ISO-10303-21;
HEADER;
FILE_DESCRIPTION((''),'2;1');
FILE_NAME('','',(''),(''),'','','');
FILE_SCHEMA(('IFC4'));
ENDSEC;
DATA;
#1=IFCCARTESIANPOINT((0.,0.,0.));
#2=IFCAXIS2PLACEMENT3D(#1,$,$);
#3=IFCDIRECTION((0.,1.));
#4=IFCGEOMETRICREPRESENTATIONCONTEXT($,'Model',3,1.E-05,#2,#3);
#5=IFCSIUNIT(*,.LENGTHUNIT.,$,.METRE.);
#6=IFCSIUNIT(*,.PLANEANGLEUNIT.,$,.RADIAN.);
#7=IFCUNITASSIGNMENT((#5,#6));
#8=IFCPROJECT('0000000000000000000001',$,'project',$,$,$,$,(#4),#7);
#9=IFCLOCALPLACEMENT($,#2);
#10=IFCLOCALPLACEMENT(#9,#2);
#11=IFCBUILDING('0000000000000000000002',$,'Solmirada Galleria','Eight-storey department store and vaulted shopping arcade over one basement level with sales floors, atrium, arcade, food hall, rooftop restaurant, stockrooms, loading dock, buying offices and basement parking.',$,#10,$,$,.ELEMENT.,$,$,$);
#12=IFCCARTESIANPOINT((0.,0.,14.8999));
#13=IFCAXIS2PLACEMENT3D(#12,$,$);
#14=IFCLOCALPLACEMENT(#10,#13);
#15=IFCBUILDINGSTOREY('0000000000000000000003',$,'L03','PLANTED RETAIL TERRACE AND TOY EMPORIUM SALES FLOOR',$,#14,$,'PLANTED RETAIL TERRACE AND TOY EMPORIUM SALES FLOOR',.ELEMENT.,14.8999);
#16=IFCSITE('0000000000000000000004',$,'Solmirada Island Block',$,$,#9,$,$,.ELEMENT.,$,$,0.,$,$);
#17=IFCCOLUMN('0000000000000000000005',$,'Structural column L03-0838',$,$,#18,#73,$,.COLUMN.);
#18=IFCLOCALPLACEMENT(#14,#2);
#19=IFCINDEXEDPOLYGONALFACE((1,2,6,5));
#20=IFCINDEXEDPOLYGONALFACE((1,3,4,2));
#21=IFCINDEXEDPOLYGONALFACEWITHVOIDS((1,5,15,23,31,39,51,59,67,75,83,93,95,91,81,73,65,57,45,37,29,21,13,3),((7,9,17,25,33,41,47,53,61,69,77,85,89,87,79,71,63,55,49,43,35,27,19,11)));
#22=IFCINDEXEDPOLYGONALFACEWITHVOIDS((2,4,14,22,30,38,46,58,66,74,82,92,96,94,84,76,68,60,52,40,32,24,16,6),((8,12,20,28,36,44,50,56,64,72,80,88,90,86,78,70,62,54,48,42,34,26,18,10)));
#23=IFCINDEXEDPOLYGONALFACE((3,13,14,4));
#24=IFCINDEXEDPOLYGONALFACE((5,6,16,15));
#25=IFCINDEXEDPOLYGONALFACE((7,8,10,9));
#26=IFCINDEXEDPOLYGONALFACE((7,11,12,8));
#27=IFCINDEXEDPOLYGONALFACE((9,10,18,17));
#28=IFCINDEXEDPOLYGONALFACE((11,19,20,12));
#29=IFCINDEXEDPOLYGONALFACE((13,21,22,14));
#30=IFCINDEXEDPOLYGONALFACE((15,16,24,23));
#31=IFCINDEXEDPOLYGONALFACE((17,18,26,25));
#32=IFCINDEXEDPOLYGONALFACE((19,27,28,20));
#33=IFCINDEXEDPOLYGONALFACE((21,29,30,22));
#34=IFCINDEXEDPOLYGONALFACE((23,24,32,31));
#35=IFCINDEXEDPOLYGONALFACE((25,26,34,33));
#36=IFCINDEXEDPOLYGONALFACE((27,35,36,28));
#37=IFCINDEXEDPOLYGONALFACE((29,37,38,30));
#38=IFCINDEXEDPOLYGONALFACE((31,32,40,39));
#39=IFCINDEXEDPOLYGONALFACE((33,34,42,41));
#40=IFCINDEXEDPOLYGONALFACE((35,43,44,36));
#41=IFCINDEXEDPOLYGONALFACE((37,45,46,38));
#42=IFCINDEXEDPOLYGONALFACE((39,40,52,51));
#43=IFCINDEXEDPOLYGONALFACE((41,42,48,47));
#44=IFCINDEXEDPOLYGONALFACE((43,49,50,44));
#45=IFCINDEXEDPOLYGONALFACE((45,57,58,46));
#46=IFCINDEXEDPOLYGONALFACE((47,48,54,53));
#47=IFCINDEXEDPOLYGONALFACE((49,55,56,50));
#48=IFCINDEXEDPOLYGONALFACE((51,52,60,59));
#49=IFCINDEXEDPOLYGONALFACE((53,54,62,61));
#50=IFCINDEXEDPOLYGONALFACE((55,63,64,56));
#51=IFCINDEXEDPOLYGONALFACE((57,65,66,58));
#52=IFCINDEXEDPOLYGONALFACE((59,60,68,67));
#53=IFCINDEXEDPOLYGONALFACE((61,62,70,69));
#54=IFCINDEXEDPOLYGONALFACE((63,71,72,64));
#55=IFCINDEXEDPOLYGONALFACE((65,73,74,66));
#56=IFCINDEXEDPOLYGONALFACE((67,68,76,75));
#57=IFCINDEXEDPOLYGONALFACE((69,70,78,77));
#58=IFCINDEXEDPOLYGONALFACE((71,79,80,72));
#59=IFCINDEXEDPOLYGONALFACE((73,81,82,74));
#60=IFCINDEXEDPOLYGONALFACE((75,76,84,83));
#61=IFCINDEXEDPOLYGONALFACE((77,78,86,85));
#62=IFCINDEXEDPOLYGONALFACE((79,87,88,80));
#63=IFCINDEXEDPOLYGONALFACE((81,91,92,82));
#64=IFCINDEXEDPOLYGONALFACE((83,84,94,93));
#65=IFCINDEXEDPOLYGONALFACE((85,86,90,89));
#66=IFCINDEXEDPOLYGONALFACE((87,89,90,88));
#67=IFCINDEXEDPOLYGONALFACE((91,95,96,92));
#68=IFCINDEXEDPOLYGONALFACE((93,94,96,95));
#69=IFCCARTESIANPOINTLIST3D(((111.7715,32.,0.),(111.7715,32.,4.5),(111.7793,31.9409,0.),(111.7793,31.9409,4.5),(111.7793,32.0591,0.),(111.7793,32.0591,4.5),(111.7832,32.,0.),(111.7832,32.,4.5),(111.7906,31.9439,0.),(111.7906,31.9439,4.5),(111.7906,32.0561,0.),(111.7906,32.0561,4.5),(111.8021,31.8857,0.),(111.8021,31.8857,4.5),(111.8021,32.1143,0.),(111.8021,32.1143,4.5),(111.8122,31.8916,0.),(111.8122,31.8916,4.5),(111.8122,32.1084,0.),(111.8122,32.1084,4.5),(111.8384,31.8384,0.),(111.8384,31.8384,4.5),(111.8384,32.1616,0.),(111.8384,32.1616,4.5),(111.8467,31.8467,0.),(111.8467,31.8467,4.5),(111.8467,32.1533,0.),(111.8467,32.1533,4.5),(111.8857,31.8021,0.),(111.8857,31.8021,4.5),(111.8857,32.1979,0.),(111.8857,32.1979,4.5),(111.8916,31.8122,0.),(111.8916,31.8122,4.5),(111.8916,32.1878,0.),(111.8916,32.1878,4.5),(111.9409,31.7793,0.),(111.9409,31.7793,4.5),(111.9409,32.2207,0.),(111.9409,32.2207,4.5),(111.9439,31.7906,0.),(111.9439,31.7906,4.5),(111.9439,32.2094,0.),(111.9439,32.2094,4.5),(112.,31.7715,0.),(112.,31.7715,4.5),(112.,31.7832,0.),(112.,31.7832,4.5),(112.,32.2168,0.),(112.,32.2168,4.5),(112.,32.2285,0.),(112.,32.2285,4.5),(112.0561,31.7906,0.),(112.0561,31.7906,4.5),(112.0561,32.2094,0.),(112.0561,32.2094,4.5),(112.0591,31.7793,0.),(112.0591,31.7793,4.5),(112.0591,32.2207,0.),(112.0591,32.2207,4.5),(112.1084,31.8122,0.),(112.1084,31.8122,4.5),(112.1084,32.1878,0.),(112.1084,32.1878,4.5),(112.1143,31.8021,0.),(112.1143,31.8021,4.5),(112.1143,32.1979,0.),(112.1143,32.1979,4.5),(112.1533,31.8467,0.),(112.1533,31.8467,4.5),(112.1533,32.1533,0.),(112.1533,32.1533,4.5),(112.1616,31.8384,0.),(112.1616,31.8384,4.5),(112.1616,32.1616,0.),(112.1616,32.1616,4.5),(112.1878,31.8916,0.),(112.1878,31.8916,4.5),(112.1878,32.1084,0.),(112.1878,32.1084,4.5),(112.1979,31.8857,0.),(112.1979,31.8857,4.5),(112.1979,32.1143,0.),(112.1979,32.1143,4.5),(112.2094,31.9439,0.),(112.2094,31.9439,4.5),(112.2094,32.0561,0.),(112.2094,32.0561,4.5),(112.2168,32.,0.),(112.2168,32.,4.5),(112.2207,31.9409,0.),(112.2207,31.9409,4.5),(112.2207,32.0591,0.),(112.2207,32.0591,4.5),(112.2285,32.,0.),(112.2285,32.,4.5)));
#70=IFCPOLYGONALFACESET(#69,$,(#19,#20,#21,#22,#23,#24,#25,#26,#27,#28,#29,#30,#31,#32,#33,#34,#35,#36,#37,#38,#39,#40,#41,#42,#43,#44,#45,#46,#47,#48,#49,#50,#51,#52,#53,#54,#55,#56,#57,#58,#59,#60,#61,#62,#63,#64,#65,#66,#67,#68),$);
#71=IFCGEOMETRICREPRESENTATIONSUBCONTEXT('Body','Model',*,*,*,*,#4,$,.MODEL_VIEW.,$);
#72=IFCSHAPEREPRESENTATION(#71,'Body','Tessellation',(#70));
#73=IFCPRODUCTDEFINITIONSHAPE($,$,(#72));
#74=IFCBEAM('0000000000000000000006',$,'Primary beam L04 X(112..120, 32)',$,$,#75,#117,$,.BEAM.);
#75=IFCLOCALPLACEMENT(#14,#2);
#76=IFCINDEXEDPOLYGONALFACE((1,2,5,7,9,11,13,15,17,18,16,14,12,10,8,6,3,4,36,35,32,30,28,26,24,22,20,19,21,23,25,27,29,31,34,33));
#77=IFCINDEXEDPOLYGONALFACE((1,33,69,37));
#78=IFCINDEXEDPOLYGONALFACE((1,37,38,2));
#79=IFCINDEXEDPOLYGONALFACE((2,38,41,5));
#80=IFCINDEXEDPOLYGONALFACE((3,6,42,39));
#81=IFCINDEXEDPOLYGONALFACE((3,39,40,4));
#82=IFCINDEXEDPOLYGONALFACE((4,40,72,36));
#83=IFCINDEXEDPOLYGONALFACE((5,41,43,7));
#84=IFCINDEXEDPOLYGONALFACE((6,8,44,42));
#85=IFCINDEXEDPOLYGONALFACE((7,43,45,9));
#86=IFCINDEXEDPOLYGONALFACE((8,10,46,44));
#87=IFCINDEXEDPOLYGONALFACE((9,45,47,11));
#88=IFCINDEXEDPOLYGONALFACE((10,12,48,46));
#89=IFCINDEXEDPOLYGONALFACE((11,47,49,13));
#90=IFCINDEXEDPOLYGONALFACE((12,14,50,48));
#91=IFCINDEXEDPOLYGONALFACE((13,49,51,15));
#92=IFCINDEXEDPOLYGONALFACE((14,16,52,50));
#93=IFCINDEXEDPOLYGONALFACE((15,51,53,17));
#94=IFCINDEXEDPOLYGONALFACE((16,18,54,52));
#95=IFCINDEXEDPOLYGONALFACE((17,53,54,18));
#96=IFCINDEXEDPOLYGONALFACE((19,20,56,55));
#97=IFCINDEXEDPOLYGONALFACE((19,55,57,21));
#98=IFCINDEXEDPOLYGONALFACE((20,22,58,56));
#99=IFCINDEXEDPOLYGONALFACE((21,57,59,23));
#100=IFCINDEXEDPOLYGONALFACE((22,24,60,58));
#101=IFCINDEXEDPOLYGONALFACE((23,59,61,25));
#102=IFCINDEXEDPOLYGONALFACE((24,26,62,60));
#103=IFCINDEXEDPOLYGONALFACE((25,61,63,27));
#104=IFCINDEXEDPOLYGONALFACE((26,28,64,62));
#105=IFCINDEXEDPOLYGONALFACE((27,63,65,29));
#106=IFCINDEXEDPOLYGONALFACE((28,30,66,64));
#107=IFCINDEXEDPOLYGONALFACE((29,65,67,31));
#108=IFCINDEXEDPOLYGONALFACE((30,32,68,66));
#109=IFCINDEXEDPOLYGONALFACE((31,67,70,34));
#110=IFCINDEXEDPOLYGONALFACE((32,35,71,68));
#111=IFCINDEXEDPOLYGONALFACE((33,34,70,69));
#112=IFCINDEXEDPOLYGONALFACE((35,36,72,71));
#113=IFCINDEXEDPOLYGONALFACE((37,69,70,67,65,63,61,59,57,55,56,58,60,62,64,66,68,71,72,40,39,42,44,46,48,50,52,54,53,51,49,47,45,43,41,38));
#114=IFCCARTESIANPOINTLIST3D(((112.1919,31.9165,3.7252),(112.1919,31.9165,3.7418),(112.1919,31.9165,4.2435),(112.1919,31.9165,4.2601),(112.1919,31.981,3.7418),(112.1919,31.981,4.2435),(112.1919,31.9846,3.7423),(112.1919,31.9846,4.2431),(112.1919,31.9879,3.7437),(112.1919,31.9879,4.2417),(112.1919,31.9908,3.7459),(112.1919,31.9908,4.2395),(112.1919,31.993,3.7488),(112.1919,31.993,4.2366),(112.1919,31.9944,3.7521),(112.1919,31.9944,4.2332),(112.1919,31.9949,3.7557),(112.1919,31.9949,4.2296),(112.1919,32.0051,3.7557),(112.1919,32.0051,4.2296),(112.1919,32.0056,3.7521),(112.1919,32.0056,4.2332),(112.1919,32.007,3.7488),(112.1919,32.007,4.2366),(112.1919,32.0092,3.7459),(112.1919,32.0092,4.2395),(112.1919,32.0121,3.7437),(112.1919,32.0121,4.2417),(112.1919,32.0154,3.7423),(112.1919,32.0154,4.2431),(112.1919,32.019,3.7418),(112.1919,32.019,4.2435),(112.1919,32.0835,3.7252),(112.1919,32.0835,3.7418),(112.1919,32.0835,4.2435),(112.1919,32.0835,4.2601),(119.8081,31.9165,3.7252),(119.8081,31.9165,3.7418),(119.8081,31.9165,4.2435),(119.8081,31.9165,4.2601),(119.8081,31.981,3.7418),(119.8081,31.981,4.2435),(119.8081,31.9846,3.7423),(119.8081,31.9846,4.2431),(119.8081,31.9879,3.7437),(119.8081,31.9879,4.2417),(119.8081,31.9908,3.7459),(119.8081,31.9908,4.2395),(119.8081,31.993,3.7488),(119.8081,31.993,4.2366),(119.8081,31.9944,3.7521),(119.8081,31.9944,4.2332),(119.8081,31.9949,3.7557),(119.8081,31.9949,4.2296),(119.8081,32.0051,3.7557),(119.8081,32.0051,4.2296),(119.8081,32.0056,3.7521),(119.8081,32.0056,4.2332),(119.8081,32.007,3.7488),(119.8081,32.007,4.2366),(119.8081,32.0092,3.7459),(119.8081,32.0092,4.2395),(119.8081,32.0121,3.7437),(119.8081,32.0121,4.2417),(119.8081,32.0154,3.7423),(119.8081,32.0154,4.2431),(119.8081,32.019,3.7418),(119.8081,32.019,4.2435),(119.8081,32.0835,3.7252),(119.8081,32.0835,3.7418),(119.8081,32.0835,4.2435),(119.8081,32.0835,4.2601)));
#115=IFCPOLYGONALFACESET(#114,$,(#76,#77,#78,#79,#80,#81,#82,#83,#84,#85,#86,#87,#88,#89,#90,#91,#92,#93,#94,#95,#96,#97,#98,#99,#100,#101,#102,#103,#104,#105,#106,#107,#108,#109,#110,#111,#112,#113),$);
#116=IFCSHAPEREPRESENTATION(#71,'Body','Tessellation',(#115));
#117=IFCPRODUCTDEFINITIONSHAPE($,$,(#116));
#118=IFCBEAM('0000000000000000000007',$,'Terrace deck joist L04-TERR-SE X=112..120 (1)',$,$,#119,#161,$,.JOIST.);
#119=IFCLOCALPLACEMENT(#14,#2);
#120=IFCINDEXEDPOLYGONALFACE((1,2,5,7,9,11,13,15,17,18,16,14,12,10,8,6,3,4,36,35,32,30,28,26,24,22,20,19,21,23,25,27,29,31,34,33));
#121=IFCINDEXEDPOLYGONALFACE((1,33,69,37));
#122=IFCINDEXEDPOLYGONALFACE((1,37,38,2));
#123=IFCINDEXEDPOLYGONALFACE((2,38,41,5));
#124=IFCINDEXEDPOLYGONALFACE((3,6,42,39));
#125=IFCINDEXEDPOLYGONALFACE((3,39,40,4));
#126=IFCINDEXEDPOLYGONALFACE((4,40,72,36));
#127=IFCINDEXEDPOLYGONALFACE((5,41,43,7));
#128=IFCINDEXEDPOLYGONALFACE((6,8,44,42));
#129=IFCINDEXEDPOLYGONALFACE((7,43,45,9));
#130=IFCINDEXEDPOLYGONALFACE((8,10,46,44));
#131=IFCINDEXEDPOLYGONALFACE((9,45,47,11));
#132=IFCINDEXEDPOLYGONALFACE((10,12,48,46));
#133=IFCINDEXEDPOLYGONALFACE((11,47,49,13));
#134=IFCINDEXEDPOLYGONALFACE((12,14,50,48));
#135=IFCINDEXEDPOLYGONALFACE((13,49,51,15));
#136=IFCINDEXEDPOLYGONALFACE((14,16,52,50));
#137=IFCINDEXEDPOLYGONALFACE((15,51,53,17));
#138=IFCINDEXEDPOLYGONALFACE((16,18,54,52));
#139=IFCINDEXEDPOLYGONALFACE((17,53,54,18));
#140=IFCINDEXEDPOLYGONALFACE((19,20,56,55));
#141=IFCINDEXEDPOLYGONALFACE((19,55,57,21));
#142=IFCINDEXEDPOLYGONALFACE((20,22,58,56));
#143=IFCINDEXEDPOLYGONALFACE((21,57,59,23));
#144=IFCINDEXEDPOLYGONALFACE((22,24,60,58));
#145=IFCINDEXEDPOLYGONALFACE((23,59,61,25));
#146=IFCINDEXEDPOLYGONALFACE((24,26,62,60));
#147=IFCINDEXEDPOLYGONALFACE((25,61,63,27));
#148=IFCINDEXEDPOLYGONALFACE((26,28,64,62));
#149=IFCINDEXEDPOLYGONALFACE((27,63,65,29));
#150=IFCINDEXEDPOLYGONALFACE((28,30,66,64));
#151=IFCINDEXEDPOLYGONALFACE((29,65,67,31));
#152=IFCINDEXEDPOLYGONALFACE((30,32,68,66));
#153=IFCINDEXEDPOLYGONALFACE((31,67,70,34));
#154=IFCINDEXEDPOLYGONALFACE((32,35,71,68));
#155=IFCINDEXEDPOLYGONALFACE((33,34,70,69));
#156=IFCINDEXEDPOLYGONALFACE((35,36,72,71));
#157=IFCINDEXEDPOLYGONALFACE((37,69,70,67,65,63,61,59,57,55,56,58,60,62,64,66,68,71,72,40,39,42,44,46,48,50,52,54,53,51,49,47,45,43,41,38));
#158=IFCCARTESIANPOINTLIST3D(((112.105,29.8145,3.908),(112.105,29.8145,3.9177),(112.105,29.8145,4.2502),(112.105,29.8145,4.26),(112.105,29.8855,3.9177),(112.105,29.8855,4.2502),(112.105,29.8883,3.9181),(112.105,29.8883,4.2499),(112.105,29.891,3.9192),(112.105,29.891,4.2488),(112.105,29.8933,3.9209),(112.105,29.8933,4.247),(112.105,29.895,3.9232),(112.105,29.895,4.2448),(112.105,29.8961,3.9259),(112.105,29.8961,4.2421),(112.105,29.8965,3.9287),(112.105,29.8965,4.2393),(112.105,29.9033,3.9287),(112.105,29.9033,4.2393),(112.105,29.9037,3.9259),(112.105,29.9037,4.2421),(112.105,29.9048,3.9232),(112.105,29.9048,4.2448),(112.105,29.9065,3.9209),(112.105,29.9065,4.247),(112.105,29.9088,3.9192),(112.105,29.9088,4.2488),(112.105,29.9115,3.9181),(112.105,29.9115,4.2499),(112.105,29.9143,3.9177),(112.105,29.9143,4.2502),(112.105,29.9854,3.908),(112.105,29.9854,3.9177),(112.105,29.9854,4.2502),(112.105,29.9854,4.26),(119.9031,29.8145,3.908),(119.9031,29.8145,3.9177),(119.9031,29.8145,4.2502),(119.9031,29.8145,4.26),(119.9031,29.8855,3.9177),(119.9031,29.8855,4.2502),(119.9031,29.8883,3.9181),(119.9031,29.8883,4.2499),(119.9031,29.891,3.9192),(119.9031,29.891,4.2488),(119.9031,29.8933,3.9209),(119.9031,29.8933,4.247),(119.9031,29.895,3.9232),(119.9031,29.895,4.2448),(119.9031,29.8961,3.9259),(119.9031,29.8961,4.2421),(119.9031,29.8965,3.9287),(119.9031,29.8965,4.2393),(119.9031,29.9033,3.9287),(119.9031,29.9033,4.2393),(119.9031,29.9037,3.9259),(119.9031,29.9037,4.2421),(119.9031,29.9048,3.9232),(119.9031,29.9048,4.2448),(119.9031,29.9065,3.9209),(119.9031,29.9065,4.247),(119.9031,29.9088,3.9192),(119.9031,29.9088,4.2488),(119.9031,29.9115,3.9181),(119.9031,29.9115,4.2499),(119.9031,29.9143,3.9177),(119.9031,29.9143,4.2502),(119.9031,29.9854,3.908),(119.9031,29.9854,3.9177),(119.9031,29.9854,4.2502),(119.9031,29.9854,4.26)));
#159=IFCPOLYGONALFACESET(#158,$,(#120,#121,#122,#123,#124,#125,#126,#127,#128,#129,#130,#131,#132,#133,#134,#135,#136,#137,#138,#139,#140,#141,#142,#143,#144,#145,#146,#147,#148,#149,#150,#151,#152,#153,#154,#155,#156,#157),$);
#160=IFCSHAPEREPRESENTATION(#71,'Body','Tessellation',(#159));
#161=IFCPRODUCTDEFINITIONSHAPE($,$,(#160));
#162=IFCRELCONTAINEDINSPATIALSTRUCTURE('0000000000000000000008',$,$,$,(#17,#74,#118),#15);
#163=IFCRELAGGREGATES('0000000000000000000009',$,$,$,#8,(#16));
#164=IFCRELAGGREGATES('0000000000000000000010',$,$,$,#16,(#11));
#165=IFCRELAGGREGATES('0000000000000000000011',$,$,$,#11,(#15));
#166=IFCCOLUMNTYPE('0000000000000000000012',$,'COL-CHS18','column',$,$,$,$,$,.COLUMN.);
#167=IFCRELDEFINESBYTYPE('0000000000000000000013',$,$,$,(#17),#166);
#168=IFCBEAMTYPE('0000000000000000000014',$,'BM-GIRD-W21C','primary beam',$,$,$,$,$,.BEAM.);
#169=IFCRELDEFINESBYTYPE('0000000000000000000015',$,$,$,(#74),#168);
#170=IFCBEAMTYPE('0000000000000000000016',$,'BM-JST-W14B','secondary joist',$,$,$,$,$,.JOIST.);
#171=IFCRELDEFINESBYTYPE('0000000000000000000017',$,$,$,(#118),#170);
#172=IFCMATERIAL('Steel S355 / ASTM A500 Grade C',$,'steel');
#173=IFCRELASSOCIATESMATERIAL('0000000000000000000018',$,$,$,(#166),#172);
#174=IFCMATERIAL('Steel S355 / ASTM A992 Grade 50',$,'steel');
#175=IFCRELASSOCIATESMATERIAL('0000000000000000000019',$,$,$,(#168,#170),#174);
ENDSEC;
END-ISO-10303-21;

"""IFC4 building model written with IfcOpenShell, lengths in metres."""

from ifc_helpers import new_model, si_unit, direction, frame, origin, origin_2d, place, context, subcontext, project, spatial, hollow_circle, i_section, extrude, material, material_profile, profile_set, type_object, element, save


model = new_model("IFC4")

# Units and contexts
model_context = context("Model", 3, precision=1e-05, world=origin(), true_north=direction((0.0, 1.0)))
body_context = subcontext(model_context, "Body", "Model", "MODEL_VIEW")
ifc_project = project(units=[si_unit("LENGTHUNIT", "METRE"), si_unit("PLANEANGLEUNIT", "RADIAN")], contexts=[model_context])

# Site, building, storey
site_placement = place(None, origin())
site = spatial("IfcSite", under=ifc_project, at=site_placement, Name="Solmirada Island Block", CompositionType="ELEMENT", RefElevation=0.0)
building_placement = place(site_placement, origin())
building = spatial("IfcBuilding", under=site, at=building_placement, Name="Solmirada Galleria", Description="Eight-storey department store and vaulted shopping arcade over one basement level with sales floors, atrium, arcade, food hall, rooftop restaurant, stockrooms, loading dock, buying offices and basement parking.", CompositionType="ELEMENT")
storey_placement = place(building_placement, frame((0.0, 0.0, 14.8999)))
storey = spatial("IfcBuildingStorey", under=building, at=storey_placement, Name="L03", Description="PLANTED RETAIL TERRACE AND TOY EMPORIUM SALES FLOOR", LongName="PLANTED RETAIL TERRACE AND TOY EMPORIUM SALES FLOOR", CompositionType="ELEMENT", Elevation=14.8999)

# Column
ifc_material_1 = material(Name="Steel S355 / ASTM A500 Grade C", Category="steel")
ifc_material_profile_1 = material_profile(ifc_material_1, hollow_circle(Radius=0.2285, WallThickness=0.0117, at=origin_2d()), Name="HSS18.000X0.500")
ifc_profile_set_1 = profile_set([ifc_material_profile_1], Name="Steel S355 / ASTM A500 Grade C")
column_type = type_object("IfcColumnType", Name="COL-CHS18", Description="column", PredefinedType="COLUMN", material=ifc_profile_set_1)
column_placement = place(storey_placement, frame((112.0, 32.0, 0.0), z_axis=(0.0, 0.0, 1.0), x_axis=(1.0, 0.0, 0.0)))
element("IfcColumn", 1, at=column_placement, inside=storey, type_object=column_type, Name="Structural column L03-0838", PredefinedType="COLUMN", context=body_context, shape_type="SweptSolid", body=[
    extrude(hollow_circle(Radius=0.2285, WallThickness=0.0117, at=origin_2d()), origin(), (0.0, 0.0, 1.0), 4.5),
])

# Beams
ifc_material_2 = material(Name="Steel S355 / ASTM A992 Grade 50", Category="steel")
ifc_material_profile_2 = material_profile(ifc_material_2, i_section(OverallWidth=0.167, OverallDepth=0.5349, WebThickness=0.0103, FlangeThickness=0.0166, FilletRadius=0.0139, at=origin_2d()), Name="W21X57")
ifc_profile_set_2 = profile_set([ifc_material_profile_2], Name="Steel S355 / ASTM A992 Grade 50")
beam_type_1 = type_object("IfcBeamType", Name="BM-GIRD-W21C", Description="primary beam", PredefinedType="BEAM", material=ifc_profile_set_2)
beam_1_placement = place(storey_placement, frame((112.1919, 32.0, 3.9927), z_axis=(1.0, 0.0, 0.0), x_axis=(0.0, 1.0, 0.0)))
element("IfcBeam", 2, at=beam_1_placement, inside=storey, type_object=beam_type_1, Name="Primary beam L04 X(112..120, 32)", PredefinedType="BEAM", context=body_context, shape_type="SweptSolid", body=[
    extrude(i_section(OverallWidth=0.167, OverallDepth=0.5349, WebThickness=0.0103, FlangeThickness=0.0166, FilletRadius=0.0139, at=origin_2d()), origin(), (0.0, 0.0, 1.0), 7.6162),
])
ifc_material_profile_3 = material_profile(ifc_material_2, i_section(OverallWidth=0.1709, OverallDepth=0.3521, WebThickness=0.0068, FlangeThickness=0.0098, FilletRadius=0.011, at=origin_2d()), Name="W14X30")
ifc_profile_set_3 = profile_set([ifc_material_profile_3], Name="Steel S355 / ASTM A992 Grade 50")
beam_type_2 = type_object("IfcBeamType", Name="BM-JST-W14B", Description="secondary joist", PredefinedType="JOIST", material=ifc_profile_set_3)
beam_2_placement = place(storey_placement, frame((112.105, 29.8999, 4.084), z_axis=(1.0, 0.0, 0.0), x_axis=(0.0, 1.0, 0.0)))
element("IfcBeam", 3, at=beam_2_placement, inside=storey, type_object=beam_type_2, Name="Terrace deck joist L04-TERR-SE X=112..120 (1)", PredefinedType="JOIST", context=body_context, shape_type="SweptSolid", body=[
    extrude(i_section(OverallWidth=0.1709, OverallDepth=0.3521, WebThickness=0.0068, FlangeThickness=0.0098, FilletRadius=0.011, at=origin_2d()), origin(), (0.0, 0.0, 1.0), 7.7981),
])

save(model, "model.ifc")
